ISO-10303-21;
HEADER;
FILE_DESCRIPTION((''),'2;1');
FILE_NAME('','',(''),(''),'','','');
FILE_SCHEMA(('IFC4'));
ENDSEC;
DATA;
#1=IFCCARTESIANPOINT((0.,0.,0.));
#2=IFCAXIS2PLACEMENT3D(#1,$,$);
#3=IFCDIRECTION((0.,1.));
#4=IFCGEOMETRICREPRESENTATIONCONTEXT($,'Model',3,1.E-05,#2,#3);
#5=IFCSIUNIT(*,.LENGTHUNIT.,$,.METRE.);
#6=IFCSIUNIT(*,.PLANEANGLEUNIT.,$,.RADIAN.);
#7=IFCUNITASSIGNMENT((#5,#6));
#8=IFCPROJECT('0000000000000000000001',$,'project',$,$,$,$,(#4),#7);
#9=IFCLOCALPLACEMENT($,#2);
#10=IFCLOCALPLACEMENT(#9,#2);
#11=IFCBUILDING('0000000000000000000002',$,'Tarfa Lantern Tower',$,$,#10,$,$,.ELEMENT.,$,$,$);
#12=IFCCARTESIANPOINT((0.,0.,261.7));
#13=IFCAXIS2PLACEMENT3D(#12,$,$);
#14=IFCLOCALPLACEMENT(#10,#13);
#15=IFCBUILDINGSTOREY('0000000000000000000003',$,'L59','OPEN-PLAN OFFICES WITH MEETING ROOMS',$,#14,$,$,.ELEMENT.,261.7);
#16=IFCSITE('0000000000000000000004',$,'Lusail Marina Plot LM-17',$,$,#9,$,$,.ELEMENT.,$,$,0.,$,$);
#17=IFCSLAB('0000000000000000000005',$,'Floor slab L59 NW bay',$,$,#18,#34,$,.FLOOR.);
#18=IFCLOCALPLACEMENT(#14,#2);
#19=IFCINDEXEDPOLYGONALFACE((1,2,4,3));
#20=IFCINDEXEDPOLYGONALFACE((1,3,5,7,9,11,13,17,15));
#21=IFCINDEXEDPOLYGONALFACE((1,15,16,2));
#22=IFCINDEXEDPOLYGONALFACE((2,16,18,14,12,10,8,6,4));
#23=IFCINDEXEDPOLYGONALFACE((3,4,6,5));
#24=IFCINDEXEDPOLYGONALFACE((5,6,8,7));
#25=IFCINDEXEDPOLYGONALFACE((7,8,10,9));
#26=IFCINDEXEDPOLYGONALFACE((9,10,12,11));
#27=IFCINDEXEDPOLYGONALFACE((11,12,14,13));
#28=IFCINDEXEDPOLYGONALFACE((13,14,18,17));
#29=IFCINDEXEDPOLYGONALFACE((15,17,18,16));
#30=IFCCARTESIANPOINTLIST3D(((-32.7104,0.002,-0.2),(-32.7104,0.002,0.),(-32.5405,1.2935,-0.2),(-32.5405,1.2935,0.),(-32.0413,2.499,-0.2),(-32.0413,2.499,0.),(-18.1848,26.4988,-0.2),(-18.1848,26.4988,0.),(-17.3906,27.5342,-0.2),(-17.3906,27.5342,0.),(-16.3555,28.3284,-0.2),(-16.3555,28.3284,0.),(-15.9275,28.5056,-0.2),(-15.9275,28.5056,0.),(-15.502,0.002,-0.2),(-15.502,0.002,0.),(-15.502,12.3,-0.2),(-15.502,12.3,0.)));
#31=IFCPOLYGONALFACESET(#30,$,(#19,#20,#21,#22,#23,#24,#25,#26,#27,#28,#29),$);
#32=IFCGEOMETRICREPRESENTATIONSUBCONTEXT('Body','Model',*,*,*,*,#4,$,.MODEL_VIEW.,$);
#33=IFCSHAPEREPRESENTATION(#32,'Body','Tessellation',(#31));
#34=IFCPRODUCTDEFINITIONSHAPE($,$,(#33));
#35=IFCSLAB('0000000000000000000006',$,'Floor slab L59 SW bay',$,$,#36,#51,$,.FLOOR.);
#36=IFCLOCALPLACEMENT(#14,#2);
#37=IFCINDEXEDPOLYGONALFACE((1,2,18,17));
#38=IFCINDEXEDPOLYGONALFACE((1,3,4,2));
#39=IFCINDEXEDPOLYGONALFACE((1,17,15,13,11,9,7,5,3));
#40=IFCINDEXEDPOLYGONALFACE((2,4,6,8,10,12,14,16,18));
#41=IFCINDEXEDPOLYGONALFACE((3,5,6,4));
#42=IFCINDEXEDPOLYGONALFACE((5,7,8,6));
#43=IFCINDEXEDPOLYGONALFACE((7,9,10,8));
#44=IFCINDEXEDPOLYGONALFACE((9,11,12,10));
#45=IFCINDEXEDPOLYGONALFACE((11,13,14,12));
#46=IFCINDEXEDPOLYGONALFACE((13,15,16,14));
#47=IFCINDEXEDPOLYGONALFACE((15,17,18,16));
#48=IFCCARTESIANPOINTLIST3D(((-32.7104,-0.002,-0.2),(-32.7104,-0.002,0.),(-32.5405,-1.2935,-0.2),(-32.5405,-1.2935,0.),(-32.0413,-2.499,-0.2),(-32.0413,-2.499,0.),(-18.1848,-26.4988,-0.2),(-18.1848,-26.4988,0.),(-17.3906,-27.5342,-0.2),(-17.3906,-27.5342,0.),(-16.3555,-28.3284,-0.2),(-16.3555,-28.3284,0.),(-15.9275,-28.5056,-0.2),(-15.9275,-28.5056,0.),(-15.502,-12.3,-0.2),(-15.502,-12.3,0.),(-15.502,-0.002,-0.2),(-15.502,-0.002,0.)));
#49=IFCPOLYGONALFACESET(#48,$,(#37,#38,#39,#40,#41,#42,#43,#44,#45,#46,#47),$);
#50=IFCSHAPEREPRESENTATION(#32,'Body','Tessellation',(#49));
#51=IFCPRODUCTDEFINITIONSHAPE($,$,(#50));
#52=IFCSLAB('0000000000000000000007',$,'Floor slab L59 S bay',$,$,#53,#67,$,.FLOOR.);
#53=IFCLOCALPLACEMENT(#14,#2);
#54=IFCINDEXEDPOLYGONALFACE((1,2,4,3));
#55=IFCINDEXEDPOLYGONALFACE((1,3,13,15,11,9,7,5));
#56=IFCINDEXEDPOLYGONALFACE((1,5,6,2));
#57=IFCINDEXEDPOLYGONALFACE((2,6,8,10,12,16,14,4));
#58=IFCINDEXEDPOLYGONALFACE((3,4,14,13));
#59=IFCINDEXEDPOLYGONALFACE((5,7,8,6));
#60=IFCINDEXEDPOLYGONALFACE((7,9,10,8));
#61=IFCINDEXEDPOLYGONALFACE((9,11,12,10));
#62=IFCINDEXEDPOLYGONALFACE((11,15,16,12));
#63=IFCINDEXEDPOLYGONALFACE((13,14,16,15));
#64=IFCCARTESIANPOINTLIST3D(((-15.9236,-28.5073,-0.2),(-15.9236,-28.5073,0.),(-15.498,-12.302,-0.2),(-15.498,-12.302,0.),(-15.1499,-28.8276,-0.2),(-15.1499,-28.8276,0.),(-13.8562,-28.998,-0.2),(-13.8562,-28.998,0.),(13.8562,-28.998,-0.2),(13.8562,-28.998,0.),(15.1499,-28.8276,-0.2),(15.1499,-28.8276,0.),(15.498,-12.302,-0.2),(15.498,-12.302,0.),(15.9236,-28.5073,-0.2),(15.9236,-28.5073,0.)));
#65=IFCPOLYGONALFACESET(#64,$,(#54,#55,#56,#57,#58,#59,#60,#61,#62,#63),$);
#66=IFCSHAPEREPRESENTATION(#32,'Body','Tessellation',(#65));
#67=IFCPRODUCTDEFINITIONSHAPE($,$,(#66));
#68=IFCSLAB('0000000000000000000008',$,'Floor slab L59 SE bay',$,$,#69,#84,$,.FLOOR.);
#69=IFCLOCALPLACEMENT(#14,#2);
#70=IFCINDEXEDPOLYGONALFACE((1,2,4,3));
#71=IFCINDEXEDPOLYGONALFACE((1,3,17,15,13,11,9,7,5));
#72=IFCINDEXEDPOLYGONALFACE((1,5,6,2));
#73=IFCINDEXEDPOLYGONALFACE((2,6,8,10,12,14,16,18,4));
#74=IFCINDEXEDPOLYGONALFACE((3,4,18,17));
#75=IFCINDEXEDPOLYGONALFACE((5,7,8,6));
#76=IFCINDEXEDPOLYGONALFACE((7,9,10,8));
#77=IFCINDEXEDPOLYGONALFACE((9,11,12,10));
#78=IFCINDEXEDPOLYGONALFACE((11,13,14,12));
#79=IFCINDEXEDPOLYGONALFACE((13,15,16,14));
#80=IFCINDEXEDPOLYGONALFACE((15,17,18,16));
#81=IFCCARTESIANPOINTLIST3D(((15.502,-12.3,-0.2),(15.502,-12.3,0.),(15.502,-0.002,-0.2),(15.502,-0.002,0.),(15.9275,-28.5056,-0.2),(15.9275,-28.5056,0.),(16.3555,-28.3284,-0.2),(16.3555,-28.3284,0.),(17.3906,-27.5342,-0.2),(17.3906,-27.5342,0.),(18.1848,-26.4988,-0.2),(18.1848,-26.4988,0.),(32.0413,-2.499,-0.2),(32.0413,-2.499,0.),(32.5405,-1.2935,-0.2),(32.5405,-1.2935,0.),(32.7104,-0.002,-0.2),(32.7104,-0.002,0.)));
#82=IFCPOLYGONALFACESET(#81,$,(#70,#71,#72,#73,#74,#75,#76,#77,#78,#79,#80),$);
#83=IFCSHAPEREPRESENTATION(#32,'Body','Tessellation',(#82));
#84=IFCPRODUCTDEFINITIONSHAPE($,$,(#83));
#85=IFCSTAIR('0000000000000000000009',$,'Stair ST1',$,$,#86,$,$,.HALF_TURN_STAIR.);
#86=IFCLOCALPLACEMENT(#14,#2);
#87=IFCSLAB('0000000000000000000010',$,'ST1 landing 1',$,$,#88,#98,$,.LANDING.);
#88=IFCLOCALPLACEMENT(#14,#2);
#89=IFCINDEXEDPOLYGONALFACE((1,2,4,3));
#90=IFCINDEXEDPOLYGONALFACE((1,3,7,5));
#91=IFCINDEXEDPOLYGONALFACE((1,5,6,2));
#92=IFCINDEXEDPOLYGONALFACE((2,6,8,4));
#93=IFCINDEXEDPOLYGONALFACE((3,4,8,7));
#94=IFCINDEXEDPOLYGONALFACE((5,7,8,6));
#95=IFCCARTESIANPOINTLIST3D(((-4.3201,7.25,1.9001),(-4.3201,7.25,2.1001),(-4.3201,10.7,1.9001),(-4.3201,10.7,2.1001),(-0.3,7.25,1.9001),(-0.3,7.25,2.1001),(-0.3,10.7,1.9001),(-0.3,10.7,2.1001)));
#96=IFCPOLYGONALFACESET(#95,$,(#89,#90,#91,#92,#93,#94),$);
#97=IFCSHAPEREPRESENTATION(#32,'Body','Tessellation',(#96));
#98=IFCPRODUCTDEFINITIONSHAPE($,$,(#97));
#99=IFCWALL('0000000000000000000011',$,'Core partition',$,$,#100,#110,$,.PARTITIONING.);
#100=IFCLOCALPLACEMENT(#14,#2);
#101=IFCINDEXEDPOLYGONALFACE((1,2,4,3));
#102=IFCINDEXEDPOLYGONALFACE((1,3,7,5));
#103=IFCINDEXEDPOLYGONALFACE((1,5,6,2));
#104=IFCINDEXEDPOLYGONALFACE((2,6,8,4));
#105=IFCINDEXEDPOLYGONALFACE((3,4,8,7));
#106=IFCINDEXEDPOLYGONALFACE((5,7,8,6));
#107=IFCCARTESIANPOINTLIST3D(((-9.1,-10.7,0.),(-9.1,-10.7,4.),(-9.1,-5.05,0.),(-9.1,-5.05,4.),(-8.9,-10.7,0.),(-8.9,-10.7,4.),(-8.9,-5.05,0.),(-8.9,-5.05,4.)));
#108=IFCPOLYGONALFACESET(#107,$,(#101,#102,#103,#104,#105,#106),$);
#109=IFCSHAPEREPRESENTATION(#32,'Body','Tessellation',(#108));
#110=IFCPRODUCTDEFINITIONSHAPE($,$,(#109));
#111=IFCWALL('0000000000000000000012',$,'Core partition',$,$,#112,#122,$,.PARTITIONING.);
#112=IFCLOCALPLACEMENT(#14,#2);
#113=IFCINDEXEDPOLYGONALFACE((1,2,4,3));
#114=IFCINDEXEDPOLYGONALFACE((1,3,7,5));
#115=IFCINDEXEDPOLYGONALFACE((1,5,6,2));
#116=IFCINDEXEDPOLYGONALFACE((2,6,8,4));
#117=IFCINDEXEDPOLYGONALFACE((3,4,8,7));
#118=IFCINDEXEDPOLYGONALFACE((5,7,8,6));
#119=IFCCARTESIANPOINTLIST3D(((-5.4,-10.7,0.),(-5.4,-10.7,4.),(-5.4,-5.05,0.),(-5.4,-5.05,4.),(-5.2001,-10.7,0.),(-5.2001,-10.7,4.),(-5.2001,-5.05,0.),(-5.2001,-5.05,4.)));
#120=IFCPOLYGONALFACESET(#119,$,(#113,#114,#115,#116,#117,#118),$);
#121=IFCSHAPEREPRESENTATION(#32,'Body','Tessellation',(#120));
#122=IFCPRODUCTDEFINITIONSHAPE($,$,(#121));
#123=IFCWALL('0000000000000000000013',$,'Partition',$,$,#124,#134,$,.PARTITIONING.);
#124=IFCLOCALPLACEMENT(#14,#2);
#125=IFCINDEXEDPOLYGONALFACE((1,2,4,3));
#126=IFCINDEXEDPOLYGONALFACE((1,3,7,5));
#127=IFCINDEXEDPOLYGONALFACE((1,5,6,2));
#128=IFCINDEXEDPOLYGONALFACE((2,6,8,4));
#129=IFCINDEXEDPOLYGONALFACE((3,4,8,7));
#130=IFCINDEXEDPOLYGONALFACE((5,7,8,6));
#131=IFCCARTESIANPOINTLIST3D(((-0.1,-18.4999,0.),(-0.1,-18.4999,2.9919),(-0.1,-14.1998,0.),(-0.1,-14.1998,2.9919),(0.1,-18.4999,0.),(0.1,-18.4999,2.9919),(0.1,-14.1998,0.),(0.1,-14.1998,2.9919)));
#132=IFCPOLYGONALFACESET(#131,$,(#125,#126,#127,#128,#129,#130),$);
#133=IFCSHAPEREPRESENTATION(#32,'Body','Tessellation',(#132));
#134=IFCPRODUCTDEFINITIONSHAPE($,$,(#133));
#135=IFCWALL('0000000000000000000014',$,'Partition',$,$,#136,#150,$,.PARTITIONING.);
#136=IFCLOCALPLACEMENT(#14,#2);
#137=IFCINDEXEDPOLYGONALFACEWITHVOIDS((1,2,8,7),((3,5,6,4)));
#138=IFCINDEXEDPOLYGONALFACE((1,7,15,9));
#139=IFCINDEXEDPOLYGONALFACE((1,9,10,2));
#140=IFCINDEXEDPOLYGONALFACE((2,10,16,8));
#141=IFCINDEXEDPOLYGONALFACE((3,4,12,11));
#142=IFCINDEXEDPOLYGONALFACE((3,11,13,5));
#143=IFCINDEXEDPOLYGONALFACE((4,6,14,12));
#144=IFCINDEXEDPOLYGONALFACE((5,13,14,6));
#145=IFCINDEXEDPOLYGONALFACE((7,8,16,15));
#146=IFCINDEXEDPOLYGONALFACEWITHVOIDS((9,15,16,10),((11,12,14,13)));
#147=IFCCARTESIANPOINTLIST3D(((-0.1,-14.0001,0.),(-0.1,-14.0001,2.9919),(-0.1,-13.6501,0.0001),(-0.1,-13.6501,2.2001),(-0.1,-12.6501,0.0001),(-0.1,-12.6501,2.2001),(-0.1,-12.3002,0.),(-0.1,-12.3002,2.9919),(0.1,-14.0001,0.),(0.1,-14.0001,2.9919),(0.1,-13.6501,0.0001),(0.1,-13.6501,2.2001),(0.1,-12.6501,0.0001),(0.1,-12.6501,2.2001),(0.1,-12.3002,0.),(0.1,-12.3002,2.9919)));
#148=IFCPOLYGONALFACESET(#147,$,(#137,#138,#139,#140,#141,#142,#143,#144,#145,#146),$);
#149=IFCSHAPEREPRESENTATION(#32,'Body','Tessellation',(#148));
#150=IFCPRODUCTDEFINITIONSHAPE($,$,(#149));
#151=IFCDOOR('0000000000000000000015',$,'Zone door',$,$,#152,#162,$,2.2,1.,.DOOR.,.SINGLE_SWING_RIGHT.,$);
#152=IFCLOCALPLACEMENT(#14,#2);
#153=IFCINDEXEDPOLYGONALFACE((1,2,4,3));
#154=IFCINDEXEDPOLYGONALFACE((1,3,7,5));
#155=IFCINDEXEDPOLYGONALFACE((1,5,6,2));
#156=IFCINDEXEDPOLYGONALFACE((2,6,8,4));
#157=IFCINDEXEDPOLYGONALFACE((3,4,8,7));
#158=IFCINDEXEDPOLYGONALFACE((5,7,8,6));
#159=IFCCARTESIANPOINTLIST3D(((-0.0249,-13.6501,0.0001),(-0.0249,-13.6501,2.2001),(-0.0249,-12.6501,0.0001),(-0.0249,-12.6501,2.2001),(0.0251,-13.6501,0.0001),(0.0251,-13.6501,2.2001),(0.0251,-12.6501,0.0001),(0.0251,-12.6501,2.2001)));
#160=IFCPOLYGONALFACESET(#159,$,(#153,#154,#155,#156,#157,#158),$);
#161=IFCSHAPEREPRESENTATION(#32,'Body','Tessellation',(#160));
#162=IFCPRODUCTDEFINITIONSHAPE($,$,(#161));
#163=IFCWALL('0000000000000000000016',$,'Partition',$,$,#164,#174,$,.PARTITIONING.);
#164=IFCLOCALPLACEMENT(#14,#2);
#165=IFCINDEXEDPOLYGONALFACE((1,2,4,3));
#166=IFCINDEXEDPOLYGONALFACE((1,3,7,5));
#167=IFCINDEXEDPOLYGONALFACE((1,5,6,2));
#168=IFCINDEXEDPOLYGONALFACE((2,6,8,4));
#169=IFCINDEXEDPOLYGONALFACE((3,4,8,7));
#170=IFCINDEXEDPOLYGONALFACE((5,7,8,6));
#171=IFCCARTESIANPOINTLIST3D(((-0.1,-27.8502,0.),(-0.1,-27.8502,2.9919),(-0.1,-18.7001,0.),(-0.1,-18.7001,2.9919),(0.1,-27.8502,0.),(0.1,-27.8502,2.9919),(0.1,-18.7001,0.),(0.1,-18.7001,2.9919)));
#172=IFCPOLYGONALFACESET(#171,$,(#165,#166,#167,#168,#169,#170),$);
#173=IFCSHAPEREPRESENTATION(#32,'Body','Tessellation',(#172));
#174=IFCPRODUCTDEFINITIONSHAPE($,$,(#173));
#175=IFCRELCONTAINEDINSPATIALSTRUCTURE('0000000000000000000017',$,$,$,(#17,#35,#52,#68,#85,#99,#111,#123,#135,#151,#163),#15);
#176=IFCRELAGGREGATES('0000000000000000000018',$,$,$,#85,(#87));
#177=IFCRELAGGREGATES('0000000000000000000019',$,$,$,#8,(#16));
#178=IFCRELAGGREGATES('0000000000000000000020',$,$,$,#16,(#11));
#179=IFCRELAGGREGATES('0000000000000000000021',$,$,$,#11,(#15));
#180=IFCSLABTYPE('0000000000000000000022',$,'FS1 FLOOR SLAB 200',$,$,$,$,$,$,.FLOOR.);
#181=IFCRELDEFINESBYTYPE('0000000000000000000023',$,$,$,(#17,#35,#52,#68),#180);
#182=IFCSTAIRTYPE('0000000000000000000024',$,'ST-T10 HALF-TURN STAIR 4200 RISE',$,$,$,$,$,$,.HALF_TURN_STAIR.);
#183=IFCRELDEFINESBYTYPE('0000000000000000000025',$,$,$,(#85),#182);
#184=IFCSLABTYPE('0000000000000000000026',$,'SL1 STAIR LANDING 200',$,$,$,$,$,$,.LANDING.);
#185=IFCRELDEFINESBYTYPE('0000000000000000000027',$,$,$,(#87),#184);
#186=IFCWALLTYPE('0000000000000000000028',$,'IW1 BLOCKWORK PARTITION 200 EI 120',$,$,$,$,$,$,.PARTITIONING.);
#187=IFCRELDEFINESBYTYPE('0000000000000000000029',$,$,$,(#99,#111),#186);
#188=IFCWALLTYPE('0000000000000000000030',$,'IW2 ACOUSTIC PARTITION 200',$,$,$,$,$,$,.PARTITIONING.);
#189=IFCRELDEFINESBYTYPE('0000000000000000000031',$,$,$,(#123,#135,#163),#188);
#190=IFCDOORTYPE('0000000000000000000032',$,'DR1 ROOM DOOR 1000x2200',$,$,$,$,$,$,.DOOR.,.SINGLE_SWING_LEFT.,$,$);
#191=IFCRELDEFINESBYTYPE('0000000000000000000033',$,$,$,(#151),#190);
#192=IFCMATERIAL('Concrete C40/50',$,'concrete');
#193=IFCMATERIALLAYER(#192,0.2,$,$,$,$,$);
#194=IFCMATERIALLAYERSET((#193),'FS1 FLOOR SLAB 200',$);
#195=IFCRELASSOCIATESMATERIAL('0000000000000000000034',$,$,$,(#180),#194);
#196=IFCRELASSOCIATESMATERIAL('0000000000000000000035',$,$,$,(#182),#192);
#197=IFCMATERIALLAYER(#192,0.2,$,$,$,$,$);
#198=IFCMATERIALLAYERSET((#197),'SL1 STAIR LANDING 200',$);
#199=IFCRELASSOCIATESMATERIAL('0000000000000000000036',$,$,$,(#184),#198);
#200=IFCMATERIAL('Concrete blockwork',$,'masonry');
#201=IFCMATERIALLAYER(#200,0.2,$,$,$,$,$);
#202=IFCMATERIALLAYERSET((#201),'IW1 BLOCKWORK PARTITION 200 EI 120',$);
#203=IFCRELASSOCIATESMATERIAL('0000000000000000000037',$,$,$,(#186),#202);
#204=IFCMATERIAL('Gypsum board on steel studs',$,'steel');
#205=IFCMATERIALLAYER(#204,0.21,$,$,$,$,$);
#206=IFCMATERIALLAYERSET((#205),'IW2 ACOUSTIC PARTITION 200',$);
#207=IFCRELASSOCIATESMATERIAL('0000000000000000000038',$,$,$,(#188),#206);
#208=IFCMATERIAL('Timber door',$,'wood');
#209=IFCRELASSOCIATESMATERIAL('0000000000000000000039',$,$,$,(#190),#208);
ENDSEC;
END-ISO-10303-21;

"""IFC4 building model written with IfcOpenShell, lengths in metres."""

from ifc_helpers import new_model, si_unit, direction, frame, frame_2d, origin, place, context, subcontext, project, spatial, polyline, rectangle, outline, extrude, material, layer, layer_set, type_object, element, fill, aggregate, save


model = new_model("IFC4")

# Units and contexts
model_context = context("Model", 3, precision=1e-05, world=origin(), true_north=direction((0.0, 1.0)))
body_context = subcontext(model_context, "Body", "Model", "MODEL_VIEW")
ifc_project = project(units=[si_unit("LENGTHUNIT", "METRE"), si_unit("PLANEANGLEUNIT", "RADIAN")], contexts=[model_context])

# Site, building, storey
site_placement = place(None, origin())
site = spatial("IfcSite", under=ifc_project, at=site_placement, Name="Lusail Marina Plot LM-17", CompositionType="ELEMENT", RefElevation=0.0)
building_placement = place(site_placement, origin())
building = spatial("IfcBuilding", under=site, at=building_placement, Name="Tarfa Lantern Tower", CompositionType="ELEMENT")
storey_placement = place(building_placement, frame((0.0, 0.0, 261.7)))
storey = spatial("IfcBuildingStorey", under=building, at=storey_placement, Name="L59", Description="OPEN-PLAN OFFICES WITH MEETING ROOMS", CompositionType="ELEMENT", Elevation=261.7)

# Slabs
ifc_material_1 = material(Name="Concrete C40/50", Category="concrete")
ifc_layer_1 = layer(ifc_material_1, 0.2)
ifc_layer_set_1 = layer_set([ifc_layer_1], Name="FS1 FLOOR SLAB 200")
slab_type_1 = type_object("IfcSlabType", Name="FS1 FLOOR SLAB 200", PredefinedType="FLOOR", material=ifc_layer_set_1)
slab_1_placement = place(storey_placement, frame((0.0, 0.0, -0.2)))
element("IfcSlab", 1, at=slab_1_placement, inside=storey, type_object=slab_type_1, Name="Floor slab L59 NW bay", PredefinedType="FLOOR", context=body_context, shape_type="SweptSolid", body=[
    extrude(outline(polyline([(-15.502, 0.002), (-15.502, 12.3), (-15.9275, 28.5056), (-16.3555, 28.3284), (-17.3906, 27.5342), (-18.1848, 26.4988), (-32.0413, 2.499), (-32.5405, 1.2935), (-32.7104, 0.002), (-15.502, 0.002)])), origin(), (0.0, 0.0, 1.0), 0.2),
])
slab_2_placement = place(storey_placement, frame((0.0, 0.0, -0.2)))
element("IfcSlab", 2, at=slab_2_placement, inside=storey, type_object=slab_type_1, Name="Floor slab L59 SW bay", PredefinedType="FLOOR", context=body_context, shape_type="SweptSolid", body=[
    extrude(outline(polyline([(-15.502, -12.3), (-15.502, -0.002), (-32.7104, -0.002), (-32.5405, -1.2935), (-32.0413, -2.499), (-18.1848, -26.4988), (-17.3906, -27.5342), (-16.3555, -28.3284), (-15.9275, -28.5056), (-15.502, -12.3)])), origin(), (0.0, 0.0, 1.0), 0.2),
])
slab_3_placement = place(storey_placement, frame((0.0, 0.0, -0.2)))
element("IfcSlab", 3, at=slab_3_placement, inside=storey, type_object=slab_type_1, Name="Floor slab L59 S bay", PredefinedType="FLOOR", context=body_context, shape_type="SweptSolid", body=[
    extrude(outline(polyline([(15.498, -12.302), (-15.498, -12.302), (-15.9236, -28.5073), (-15.1499, -28.8276), (-13.8562, -28.998), (13.8562, -28.998), (15.1499, -28.8276), (15.9236, -28.5073), (15.498, -12.302)])), origin(), (0.0, 0.0, 1.0), 0.2),
])
slab_4_placement = place(storey_placement, frame((0.0, 0.0, -0.2)))
element("IfcSlab", 4, at=slab_4_placement, inside=storey, type_object=slab_type_1, Name="Floor slab L59 SE bay", PredefinedType="FLOOR", context=body_context, shape_type="SweptSolid", body=[
    extrude(outline(polyline([(15.502, -0.002), (15.502, -12.3), (15.9275, -28.5056), (16.3555, -28.3284), (17.3906, -27.5342), (18.1848, -26.4988), (32.0413, -2.499), (32.5405, -1.2935), (32.7104, -0.002), (15.502, -0.002)])), origin(), (0.0, 0.0, 1.0), 0.2),
])

# Stair, slab
stair_type = type_object("IfcStairType", Name="ST-T10 HALF-TURN STAIR 4200 RISE", PredefinedType="HALF_TURN_STAIR", material=ifc_material_1)
stair_placement = place(storey_placement, origin())
stair = element("IfcStair", 5, at=stair_placement, inside=storey, type_object=stair_type, Name="Stair ST1", PredefinedType="HALF_TURN_STAIR")
ifc_layer_2 = layer(ifc_material_1, 0.2)
ifc_layer_set_2 = layer_set([ifc_layer_2], Name="SL1 STAIR LANDING 200")
slab_type_2 = type_object("IfcSlabType", Name="SL1 STAIR LANDING 200", PredefinedType="LANDING", material=ifc_layer_set_2)
slab_5_placement = place(storey_placement, frame((0.0, 0.0, 1.9001)))
slab_5 = element("IfcSlab", 6, at=slab_5_placement, type_object=slab_type_2, Name="ST1 landing 1", PredefinedType="LANDING", context=body_context, shape_type="SweptSolid", body=[
    extrude(outline(polyline([(-4.3201, 7.25), (-0.3, 7.25), (-0.3, 10.7), (-4.3201, 10.7), (-4.3201, 7.25)])), origin(), (0.0, 0.0, 1.0), 0.2),
])
aggregate(stair, [slab_5])

# Walls
ifc_material_2 = material(Name="Concrete blockwork", Category="masonry")
ifc_layer_3 = layer(ifc_material_2, 0.2)
ifc_layer_set_3 = layer_set([ifc_layer_3], Name="IW1 BLOCKWORK PARTITION 200 EI 120")
wall_type_1 = type_object("IfcWallType", Name="IW1 BLOCKWORK PARTITION 200 EI 120", PredefinedType="PARTITIONING", material=ifc_layer_set_3)
for number, where, z_axis, x_axis, name in (
    (7, (-9.0, -5.05, 0.0), (0.0, 0.0, 1.0), (0.0, -1.0, 0.0), "Core partition"),
    (8, (-5.3, -5.05, 0.0), (0.0, 0.0, 1.0), (0.0, -1.0, 0.0), "Core partition"),
):
    element("IfcWall", number, at=place(storey_placement, frame(where, z_axis=z_axis, x_axis=x_axis)), inside=storey, type_object=wall_type_1, Name=name, PredefinedType="PARTITIONING", context=body_context, shape_type="SweptSolid", body=[
        extrude(rectangle(XDim=5.6499, YDim=0.2, at=frame_2d((2.825, 0.0))), origin(), (0.0, 0.0, 1.0), 4.0),
    ])
ifc_material_3 = material(Name="Gypsum board on steel studs", Category="steel")
ifc_layer_4 = layer(ifc_material_3, 0.21)
ifc_layer_set_4 = layer_set([ifc_layer_4], Name="IW2 ACOUSTIC PARTITION 200")
wall_type_2 = type_object("IfcWallType", Name="IW2 ACOUSTIC PARTITION 200", PredefinedType="PARTITIONING", material=ifc_layer_set_4)
wall_1_placement = place(storey_placement, frame((0.0, -14.2, 0.0), z_axis=(0.0, 0.0, 1.0), x_axis=(0.0, -1.0, 0.0)))
element("IfcWall", 9, at=wall_1_placement, inside=storey, type_object=wall_type_2, Name="Partition", PredefinedType="PARTITIONING", context=body_context, shape_type="SweptSolid", body=[
    extrude(rectangle(XDim=4.3, YDim=0.2, at=frame_2d((2.1499, 0.0))), origin(), (0.0, 0.0, 1.0), 2.9919),
])

# Wall, opening, door
wall_2_placement = place(storey_placement, frame((0.0, -12.3, 0.0), z_axis=(0.0, 0.0, 1.0), x_axis=(0.0, -1.0, 0.0)))
wall_2 = element("IfcWall", 10, at=wall_2_placement, inside=storey, type_object=wall_type_2, Name="Partition", PredefinedType="PARTITIONING", context=body_context, shape_type="SweptSolid", body=[
    extrude(rectangle(XDim=1.7, YDim=0.2, at=frame_2d((0.8501, 0.0))), origin(), (0.0, 0.0, 1.0), 2.9919),
])
opening_1_placement = place(wall_2_placement, frame((0.3501, 0.0, 0.0)))
opening_1 = element("IfcOpeningElement", 11, at=opening_1_placement, cuts=wall_2, PredefinedType="OPENING", context=body_context, shape_type="SweptSolid", body=[
    extrude(rectangle(XDim=1.0, YDim=2.2, at=frame_2d((0.5, 1.1001))), frame((0.0, 0.1099, 0.0), z_axis=(0.0, -1.0, 0.0), x_axis=(1.0, 0.0, 0.0)), (0.0, 0.0, 1.0), 0.22),
])
ifc_material_4 = material(Name="Timber door", Category="wood")
door_type_1 = type_object("IfcDoorType", Name="DR1 ROOM DOOR 1000x2200", OperationType="SINGLE_SWING_LEFT", PredefinedType="DOOR", material=ifc_material_4)
door_1_placement = place(opening_1_placement, frame((1.0, 0.0, 0.0), z_axis=(0.0, 0.0, 1.0), x_axis=(-1.0, 0.0, 0.0)))
door_1 = element("IfcDoor", 12, at=door_1_placement, inside=storey, type_object=door_type_1, Name="Zone door", OperationType="SINGLE_SWING_RIGHT", OverallHeight=2.2, OverallWidth=1.0, PredefinedType="DOOR", context=body_context, shape_type="SweptSolid", body=[
    extrude(rectangle(XDim=1.0, YDim=2.2, at=frame_2d((0.5, 1.1001))), frame((0.0, 0.0249, 0.0), z_axis=(0.0, -1.0, 0.0), x_axis=(1.0, 0.0, 0.0)), (0.0, 0.0, 1.0), 0.05),
])
fill(opening_1, door_1)

# Wall
wall_3_placement = place(storey_placement, frame((0.0, -18.7, 0.0), z_axis=(0.0, 0.0, 1.0), x_axis=(0.0, -1.0, 0.0)))
element("IfcWall", 13, at=wall_3_placement, inside=storey, type_object=wall_type_2, Name="Partition", PredefinedType="PARTITIONING", context=body_context, shape_type="SweptSolid", body=[
    extrude(rectangle(XDim=9.1501, YDim=0.2, at=frame_2d((4.5752, 0.0))), origin(), (0.0, 0.0, 1.0), 2.9919),
])

save(model, "model.ifc")
